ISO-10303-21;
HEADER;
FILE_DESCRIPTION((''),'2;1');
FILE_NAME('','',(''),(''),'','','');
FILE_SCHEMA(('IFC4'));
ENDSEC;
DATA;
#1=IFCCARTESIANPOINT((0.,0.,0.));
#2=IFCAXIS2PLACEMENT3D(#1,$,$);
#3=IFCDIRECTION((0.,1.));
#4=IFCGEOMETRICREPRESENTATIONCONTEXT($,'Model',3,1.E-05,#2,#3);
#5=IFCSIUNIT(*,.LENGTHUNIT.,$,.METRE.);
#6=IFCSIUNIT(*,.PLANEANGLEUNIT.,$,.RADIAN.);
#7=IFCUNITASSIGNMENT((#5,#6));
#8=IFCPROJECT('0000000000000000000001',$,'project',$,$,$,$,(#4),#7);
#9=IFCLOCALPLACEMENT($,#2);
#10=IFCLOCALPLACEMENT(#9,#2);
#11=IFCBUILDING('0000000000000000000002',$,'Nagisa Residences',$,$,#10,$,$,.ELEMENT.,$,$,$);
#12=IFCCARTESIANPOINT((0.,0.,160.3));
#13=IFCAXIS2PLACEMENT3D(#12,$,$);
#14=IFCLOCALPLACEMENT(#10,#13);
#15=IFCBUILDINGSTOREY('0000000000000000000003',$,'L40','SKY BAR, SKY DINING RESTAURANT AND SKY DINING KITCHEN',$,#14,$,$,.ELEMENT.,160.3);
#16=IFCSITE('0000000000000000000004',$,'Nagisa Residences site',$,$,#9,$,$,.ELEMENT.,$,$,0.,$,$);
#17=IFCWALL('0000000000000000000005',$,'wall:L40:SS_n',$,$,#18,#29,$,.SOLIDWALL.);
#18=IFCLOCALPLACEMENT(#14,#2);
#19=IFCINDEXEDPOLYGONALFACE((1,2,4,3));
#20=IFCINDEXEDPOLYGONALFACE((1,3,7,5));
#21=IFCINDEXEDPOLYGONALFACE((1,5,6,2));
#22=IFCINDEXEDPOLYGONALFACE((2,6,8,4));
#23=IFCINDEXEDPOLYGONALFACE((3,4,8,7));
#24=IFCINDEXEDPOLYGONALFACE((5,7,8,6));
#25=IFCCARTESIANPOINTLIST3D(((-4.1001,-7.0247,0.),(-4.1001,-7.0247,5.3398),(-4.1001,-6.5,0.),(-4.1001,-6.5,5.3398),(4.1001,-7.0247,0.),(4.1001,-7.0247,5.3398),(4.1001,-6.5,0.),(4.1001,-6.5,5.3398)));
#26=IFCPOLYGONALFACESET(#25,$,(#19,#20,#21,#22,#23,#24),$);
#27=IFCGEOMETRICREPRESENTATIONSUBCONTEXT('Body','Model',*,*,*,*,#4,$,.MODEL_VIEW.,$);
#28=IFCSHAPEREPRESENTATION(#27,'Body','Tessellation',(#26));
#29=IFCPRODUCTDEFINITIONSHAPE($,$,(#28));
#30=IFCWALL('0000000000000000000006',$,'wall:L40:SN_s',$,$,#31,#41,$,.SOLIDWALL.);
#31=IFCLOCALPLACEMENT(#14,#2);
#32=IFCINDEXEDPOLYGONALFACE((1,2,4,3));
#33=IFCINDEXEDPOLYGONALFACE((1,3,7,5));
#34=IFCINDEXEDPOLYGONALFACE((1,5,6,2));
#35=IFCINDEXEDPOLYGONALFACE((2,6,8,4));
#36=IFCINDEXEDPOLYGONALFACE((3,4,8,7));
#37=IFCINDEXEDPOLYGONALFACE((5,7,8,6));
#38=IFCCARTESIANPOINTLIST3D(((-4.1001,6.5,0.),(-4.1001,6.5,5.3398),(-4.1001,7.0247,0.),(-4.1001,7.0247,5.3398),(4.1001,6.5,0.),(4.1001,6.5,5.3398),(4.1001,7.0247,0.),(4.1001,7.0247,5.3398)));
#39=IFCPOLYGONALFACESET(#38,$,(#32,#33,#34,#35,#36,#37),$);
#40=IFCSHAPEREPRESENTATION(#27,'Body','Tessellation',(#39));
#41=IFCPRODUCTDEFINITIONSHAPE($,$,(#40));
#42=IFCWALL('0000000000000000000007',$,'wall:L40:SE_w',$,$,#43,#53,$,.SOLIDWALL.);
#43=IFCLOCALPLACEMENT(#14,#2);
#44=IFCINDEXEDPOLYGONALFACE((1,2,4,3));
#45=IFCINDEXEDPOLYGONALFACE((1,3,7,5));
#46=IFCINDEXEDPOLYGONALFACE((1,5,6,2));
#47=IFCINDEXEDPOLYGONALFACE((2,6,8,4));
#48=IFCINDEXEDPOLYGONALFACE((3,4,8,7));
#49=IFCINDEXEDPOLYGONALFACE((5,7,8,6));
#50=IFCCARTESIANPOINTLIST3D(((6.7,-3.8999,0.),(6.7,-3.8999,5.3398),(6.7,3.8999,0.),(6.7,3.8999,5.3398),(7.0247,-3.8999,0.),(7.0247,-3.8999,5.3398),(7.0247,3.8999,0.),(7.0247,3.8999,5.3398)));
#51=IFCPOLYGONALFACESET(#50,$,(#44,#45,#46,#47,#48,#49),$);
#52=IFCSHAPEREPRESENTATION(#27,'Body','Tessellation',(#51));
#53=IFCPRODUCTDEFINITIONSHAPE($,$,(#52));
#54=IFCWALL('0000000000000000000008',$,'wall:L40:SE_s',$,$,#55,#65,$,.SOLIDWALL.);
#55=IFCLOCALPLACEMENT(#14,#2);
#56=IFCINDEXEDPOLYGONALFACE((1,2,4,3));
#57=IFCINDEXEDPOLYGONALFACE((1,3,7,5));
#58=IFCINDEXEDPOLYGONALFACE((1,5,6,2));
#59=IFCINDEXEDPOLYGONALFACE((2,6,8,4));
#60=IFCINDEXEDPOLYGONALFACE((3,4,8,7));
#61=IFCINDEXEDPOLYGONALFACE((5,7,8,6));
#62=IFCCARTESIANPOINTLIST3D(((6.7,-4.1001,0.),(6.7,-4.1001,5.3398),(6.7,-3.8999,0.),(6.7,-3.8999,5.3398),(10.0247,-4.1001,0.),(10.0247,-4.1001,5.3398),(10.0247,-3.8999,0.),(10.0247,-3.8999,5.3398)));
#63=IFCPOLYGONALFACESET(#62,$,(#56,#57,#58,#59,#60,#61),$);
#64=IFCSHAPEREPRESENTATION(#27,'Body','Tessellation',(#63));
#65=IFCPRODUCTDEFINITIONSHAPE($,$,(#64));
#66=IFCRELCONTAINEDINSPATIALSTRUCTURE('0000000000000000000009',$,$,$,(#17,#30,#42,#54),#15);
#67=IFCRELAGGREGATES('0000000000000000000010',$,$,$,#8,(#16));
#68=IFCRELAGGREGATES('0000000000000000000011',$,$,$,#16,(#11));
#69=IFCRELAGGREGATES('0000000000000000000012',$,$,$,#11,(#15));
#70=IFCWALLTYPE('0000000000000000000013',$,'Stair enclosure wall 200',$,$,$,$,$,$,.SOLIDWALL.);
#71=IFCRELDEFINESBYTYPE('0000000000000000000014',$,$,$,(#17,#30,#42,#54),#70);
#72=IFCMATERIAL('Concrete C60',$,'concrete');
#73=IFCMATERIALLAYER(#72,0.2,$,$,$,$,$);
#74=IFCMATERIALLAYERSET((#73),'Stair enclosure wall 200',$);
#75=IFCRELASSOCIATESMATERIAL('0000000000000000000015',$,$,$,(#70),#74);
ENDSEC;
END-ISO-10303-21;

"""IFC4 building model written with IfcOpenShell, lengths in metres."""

from ifc_helpers import new_model, si_unit, direction, frame, origin, place, context, subcontext, project, spatial, polyline, outline, extrude, material, layer, layer_set, type_object, element, save


model = new_model("IFC4")

# Units and contexts
model_context = context("Model", 3, precision=1e-05, world=origin(), true_north=direction((0.0, 1.0)))
body_context = subcontext(model_context, "Body", "Model", "MODEL_VIEW")
ifc_project = project(units=[si_unit("LENGTHUNIT", "METRE"), si_unit("PLANEANGLEUNIT", "RADIAN")], contexts=[model_context])

# Site, building, storey
site_placement = place(None, origin())
site = spatial("IfcSite", under=ifc_project, at=site_placement, Name="Nagisa Residences site", CompositionType="ELEMENT", RefElevation=0.0)
building_placement = place(site_placement, origin())
building = spatial("IfcBuilding", under=site, at=building_placement, Name="Nagisa Residences", CompositionType="ELEMENT")
storey_placement = place(building_placement, frame((0.0, 0.0, 160.3)))
storey = spatial("IfcBuildingStorey", under=building, at=storey_placement, Name="L40", Description="SKY BAR, SKY DINING RESTAURANT AND SKY DINING KITCHEN", CompositionType="ELEMENT", Elevation=160.3)

# Walls
ifc_material_1 = material(Name="Concrete C60", Category="concrete")
ifc_layer_1 = layer(ifc_material_1, 0.2)
ifc_layer_set_1 = layer_set([ifc_layer_1], Name="Stair enclosure wall 200")
wall_type_1 = type_object("IfcWallType", Name="Stair enclosure wall 200", PredefinedType="SOLIDWALL", material=ifc_layer_set_1)
wall_1_placement = place(storey_placement, origin())
element("IfcWall", 1, at=wall_1_placement, inside=storey, type_object=wall_type_1, Name="wall:L40:SS_n", PredefinedType="SOLIDWALL", context=body_context, shape_type="SweptSolid", body=[
    extrude(outline(polyline([(4.1001, -7.0247), (-4.1001, -7.0247), (-4.1001, -6.5), (4.1001, -6.5), (4.1001, -7.0247)])), origin(), (0.0, 0.0, 1.0), 5.3398),
])
wall_2_placement = place(storey_placement, origin())
element("IfcWall", 2, at=wall_2_placement, inside=storey, type_object=wall_type_1, Name="wall:L40:SN_s", PredefinedType="SOLIDWALL", context=body_context, shape_type="SweptSolid", body=[
    extrude(outline(polyline([(4.1001, 6.5), (-4.1001, 6.5), (-4.1001, 7.0247), (4.1001, 7.0247), (4.1001, 6.5)])), origin(), (0.0, 0.0, 1.0), 5.3398),
])
wall_3_placement = place(storey_placement, origin())
element("IfcWall", 3, at=wall_3_placement, inside=storey, type_object=wall_type_1, Name="wall:L40:SE_w", PredefinedType="SOLIDWALL", context=body_context, shape_type="SweptSolid", body=[
    extrude(outline(polyline([(7.0247, -3.8999), (6.7, -3.8999), (6.7, 3.8999), (7.0247, 3.8999), (7.0247, -3.8999)])), origin(), (0.0, 0.0, 1.0), 5.3398),
])
wall_4_placement = place(storey_placement, origin())
element("IfcWall", 4, at=wall_4_placement, inside=storey, type_object=wall_type_1, Name="wall:L40:SE_s", PredefinedType="SOLIDWALL", context=body_context, shape_type="SweptSolid", body=[
    extrude(outline(polyline([(10.0247, -4.1001), (6.7, -4.1001), (6.7, -3.8999), (10.0247, -3.8999), (10.0247, -4.1001)])), origin(), (0.0, 0.0, 1.0), 5.3398),
])

save(model, "model.ifc")
